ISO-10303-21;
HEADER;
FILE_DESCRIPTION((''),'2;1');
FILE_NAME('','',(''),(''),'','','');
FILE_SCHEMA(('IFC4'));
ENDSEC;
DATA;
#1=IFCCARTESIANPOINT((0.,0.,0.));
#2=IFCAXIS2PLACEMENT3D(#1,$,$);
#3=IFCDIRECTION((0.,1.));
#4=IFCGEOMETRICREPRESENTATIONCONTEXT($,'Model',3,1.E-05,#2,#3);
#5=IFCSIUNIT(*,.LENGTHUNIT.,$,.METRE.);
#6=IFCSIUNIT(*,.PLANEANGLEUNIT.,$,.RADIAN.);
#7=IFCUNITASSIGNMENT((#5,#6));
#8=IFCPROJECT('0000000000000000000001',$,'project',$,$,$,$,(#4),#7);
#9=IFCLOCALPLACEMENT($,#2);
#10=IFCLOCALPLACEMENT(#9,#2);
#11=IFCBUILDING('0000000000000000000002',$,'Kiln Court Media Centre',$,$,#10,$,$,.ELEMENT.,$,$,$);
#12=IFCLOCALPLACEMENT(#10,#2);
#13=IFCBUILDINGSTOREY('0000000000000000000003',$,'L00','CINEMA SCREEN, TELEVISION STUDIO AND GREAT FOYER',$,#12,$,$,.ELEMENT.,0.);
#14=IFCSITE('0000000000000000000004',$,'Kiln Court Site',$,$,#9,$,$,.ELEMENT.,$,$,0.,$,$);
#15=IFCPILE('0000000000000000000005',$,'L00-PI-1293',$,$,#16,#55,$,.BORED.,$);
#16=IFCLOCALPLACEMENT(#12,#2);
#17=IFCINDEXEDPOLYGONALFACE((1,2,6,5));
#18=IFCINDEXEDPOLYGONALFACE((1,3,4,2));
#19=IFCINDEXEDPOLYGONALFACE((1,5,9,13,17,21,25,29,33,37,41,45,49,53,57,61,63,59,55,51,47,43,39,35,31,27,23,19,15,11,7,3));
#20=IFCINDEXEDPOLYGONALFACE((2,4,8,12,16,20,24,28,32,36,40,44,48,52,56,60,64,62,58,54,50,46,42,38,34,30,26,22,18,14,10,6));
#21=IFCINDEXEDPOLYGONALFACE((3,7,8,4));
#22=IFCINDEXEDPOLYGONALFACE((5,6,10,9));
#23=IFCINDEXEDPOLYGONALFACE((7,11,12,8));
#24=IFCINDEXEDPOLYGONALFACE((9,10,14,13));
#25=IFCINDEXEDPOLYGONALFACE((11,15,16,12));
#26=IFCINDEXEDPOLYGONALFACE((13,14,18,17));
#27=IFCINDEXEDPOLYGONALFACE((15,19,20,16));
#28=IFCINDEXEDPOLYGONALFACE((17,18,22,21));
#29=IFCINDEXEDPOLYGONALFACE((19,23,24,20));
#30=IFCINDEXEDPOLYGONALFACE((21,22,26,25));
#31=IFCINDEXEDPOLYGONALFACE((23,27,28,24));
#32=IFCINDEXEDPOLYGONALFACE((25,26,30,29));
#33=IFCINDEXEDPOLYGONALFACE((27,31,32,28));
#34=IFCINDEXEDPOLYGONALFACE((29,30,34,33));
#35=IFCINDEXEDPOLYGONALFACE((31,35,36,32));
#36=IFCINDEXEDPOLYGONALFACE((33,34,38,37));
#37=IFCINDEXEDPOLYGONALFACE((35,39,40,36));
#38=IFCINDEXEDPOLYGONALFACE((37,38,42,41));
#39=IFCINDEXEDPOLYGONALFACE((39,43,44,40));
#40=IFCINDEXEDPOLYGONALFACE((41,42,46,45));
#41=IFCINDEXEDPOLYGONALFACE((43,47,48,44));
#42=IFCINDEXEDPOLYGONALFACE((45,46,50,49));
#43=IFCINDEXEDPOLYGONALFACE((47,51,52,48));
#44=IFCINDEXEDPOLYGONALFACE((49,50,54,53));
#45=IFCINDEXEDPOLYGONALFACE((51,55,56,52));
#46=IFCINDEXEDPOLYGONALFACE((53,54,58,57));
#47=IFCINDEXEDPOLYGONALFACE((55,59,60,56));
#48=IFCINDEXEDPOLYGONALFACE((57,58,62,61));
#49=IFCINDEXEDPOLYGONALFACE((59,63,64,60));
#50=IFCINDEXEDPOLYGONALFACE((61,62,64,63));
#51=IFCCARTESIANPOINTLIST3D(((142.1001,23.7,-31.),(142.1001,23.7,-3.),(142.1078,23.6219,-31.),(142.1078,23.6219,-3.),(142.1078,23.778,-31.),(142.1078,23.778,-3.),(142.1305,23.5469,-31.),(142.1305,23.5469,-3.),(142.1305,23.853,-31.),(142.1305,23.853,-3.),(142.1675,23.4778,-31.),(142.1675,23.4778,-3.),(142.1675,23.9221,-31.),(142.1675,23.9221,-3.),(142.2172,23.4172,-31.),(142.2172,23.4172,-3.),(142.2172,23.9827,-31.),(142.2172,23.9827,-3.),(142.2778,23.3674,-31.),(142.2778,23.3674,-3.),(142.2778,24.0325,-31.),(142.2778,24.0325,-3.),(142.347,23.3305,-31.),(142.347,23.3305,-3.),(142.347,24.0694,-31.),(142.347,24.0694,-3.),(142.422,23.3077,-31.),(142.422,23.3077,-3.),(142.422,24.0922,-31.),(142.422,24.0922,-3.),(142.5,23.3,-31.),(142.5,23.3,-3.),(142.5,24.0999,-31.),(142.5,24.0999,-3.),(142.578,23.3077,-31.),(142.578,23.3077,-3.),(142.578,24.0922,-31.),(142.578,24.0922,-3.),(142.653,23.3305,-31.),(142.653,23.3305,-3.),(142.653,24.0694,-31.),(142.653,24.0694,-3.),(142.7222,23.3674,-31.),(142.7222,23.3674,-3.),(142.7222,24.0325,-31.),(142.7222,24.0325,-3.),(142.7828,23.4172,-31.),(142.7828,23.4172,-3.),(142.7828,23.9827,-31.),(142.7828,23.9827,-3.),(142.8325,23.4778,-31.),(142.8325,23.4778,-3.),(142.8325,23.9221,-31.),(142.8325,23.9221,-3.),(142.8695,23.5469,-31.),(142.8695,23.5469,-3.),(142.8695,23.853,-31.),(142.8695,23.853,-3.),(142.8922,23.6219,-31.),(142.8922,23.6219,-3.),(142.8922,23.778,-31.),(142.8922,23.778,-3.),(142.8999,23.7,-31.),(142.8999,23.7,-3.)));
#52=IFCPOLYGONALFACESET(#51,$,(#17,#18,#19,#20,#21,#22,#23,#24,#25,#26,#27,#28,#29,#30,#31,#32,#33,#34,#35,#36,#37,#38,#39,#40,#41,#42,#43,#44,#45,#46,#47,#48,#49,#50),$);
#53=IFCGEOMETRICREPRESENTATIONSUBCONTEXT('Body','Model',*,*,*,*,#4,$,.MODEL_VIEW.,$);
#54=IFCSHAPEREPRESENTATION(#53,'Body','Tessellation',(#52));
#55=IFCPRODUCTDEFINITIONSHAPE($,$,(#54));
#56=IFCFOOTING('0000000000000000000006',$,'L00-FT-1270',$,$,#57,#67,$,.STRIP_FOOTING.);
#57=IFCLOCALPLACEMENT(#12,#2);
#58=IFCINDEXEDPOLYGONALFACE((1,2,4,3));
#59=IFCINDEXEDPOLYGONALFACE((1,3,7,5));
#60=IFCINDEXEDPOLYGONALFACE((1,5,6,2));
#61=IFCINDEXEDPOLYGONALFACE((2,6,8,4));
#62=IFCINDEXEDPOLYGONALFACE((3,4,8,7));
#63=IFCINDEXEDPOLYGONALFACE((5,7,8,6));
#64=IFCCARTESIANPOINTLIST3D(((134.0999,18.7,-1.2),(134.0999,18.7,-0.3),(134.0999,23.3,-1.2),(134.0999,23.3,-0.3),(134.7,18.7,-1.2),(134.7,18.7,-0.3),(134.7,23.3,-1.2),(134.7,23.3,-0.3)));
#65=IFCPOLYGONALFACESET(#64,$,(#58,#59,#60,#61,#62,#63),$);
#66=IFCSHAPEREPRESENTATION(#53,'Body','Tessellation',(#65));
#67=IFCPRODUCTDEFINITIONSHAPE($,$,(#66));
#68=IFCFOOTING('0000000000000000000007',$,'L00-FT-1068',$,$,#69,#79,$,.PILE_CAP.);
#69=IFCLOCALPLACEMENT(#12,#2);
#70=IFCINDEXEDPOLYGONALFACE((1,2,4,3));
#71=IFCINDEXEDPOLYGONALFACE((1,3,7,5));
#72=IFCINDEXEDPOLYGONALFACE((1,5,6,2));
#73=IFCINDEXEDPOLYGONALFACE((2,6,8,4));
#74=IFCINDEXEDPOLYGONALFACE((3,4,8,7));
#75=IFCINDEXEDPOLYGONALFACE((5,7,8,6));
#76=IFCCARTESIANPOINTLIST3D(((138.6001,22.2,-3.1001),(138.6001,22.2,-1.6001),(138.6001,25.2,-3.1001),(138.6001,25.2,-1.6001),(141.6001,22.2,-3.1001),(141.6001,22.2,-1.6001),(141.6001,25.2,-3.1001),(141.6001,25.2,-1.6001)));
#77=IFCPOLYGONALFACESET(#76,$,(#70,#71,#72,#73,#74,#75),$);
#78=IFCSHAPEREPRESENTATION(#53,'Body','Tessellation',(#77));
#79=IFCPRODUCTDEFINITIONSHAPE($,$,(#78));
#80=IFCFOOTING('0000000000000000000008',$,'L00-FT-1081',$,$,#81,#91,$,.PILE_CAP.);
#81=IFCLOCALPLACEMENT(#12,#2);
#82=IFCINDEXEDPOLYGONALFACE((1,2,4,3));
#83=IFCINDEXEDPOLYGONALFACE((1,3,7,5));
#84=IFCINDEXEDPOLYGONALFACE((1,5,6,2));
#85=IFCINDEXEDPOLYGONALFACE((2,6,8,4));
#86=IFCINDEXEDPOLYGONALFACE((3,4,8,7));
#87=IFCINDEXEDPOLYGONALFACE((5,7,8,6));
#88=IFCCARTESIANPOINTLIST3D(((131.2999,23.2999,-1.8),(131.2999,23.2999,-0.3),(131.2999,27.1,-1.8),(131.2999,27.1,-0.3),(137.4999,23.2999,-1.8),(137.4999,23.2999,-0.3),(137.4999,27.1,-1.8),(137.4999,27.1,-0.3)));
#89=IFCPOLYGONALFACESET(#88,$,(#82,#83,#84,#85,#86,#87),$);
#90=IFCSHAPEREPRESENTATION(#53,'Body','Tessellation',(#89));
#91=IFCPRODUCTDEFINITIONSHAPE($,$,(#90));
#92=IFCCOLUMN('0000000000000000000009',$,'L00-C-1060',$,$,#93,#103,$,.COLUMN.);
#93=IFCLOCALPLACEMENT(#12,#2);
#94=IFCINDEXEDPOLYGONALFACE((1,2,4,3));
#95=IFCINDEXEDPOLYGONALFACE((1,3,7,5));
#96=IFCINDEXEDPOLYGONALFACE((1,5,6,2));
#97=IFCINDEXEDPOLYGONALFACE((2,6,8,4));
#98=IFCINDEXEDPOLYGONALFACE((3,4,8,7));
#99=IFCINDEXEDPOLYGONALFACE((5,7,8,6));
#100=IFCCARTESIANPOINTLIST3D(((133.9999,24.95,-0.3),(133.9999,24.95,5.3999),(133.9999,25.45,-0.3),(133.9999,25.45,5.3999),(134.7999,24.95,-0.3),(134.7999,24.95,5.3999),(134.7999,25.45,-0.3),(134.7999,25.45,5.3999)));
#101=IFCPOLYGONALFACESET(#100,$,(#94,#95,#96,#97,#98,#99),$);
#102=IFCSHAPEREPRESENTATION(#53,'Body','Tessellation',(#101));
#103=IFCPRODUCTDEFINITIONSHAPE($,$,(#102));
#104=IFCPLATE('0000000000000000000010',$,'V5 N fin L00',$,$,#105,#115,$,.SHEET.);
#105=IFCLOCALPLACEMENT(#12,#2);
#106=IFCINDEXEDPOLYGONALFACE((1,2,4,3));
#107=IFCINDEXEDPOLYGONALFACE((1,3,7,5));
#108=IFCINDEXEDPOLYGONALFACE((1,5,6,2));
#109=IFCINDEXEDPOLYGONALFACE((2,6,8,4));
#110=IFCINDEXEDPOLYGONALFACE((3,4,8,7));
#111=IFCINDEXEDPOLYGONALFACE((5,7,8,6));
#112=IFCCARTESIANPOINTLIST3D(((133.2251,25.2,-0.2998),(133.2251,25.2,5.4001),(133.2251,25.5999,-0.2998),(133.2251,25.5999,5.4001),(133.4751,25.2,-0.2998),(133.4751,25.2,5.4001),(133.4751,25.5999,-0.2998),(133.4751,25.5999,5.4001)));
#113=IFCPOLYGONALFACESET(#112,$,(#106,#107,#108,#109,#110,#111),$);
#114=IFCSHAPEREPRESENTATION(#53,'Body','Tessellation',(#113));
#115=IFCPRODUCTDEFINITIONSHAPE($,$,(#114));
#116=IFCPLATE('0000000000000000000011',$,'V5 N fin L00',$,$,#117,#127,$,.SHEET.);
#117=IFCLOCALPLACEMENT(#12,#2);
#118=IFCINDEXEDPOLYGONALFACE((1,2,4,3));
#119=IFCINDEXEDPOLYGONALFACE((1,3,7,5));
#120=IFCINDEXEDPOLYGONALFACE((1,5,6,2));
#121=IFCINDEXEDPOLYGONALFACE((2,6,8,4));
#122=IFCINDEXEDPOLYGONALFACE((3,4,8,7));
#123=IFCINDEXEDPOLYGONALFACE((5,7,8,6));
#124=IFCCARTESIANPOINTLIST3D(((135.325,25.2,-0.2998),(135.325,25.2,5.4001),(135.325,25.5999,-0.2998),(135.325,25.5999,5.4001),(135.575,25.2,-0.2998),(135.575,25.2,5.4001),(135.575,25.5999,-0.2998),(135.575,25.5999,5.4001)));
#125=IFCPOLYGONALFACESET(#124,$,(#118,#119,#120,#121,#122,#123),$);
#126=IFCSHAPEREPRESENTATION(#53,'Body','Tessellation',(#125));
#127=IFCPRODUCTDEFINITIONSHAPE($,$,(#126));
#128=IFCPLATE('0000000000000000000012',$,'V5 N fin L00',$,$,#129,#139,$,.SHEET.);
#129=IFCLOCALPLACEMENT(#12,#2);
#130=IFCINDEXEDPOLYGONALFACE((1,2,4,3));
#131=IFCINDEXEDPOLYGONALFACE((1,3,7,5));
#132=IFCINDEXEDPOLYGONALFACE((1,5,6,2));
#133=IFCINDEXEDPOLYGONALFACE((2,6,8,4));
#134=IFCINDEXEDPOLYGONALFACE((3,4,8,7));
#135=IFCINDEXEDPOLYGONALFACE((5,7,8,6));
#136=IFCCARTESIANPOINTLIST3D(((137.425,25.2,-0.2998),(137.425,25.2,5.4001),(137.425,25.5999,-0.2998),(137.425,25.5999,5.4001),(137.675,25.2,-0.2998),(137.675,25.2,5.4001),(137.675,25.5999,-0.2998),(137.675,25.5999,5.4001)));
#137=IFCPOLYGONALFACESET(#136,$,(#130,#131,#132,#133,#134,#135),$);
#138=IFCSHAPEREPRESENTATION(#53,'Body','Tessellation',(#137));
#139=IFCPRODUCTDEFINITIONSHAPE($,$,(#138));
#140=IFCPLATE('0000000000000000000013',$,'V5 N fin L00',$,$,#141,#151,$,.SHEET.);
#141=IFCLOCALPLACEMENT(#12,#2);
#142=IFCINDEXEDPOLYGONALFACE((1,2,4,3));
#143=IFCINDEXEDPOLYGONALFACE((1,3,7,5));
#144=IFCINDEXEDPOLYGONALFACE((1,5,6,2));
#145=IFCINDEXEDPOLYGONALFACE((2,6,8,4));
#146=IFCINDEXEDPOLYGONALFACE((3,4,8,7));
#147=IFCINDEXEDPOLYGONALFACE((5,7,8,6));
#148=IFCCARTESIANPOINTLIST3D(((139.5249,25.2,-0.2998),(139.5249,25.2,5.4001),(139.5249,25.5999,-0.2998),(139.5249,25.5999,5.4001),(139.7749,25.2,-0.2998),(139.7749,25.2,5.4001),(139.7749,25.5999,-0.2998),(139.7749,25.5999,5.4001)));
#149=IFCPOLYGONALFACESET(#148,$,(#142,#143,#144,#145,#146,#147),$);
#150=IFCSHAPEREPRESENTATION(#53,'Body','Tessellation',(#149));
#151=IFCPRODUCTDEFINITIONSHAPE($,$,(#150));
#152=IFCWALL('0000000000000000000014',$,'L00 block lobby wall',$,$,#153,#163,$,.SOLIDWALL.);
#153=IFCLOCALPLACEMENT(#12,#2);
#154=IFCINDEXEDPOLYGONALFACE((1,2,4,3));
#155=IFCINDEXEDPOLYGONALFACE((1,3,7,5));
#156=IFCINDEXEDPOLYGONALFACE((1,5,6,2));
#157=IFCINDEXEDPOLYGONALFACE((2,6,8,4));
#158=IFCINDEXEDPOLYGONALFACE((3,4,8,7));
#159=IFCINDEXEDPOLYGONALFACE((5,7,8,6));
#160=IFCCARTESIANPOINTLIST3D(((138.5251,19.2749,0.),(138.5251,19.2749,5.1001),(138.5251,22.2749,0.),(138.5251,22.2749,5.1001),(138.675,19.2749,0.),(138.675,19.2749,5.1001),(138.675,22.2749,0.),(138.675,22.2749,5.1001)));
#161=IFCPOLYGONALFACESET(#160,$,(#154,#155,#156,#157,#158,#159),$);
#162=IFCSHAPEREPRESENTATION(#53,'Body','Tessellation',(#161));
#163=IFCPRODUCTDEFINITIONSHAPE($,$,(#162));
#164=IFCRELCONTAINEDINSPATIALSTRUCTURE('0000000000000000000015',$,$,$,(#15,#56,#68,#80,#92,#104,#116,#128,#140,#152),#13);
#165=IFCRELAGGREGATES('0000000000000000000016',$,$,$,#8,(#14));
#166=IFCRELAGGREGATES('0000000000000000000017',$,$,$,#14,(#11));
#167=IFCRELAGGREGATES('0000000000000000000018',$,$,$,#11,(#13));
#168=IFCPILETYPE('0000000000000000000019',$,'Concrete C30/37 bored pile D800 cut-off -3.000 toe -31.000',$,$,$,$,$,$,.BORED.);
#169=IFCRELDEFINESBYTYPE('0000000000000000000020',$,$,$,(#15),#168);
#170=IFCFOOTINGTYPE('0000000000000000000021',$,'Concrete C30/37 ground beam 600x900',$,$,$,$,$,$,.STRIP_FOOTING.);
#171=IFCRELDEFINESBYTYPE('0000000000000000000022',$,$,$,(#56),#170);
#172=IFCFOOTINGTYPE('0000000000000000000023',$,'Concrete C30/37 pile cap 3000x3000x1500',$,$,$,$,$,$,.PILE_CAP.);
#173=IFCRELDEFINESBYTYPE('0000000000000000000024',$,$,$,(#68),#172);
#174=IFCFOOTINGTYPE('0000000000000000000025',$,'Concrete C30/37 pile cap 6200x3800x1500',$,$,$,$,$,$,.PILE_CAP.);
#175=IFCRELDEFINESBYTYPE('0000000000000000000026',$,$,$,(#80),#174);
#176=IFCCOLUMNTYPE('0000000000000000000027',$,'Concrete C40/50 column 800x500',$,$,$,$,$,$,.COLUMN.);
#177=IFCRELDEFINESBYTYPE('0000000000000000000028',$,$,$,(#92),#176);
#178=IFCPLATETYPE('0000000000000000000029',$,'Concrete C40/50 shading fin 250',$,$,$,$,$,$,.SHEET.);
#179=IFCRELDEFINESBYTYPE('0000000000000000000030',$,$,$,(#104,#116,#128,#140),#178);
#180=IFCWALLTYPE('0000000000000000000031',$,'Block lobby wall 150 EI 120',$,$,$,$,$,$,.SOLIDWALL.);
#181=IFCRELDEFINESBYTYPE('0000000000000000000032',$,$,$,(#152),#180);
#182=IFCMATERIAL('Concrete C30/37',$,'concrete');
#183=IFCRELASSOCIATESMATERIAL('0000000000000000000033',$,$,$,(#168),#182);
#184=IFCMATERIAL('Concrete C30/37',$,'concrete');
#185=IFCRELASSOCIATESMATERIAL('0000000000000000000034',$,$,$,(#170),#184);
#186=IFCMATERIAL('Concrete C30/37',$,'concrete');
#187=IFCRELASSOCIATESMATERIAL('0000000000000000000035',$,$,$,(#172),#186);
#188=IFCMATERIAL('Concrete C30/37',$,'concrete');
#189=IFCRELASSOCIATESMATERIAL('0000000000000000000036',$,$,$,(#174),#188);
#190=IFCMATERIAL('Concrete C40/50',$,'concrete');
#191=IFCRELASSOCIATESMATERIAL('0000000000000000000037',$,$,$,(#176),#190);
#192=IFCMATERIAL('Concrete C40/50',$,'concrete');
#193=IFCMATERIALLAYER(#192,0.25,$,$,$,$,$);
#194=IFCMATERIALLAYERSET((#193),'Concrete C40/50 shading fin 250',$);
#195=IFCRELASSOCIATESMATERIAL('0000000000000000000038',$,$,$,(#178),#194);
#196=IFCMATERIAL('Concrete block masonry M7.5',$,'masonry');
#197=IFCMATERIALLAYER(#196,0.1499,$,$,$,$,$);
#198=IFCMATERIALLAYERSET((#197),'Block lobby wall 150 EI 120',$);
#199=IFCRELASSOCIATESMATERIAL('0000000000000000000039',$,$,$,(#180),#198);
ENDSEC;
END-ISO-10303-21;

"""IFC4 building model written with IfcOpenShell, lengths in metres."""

from ifc_helpers import new_model, si_unit, direction, frame, frame_2d, origin, origin_2d, place, context, subcontext, project, spatial, rectangle, circle, extrude, material, layer, layer_set, material_profile, profile_set, type_object, element, save


model = new_model("IFC4")

# Units and contexts
model_context = context("Model", 3, precision=1e-05, world=origin(), true_north=direction((0.0, 1.0)))
body_context = subcontext(model_context, "Body", "Model", "MODEL_VIEW")
ifc_project = project(units=[si_unit("LENGTHUNIT", "METRE"), si_unit("PLANEANGLEUNIT", "RADIAN")], contexts=[model_context])

# Site, building, storey
site_placement = place(None, origin())
site = spatial("IfcSite", under=ifc_project, at=site_placement, Name="Kiln Court Site", CompositionType="ELEMENT", RefElevation=0.0)
building_placement = place(site_placement, origin())
building = spatial("IfcBuilding", under=site, at=building_placement, Name="Kiln Court Media Centre", CompositionType="ELEMENT")
storey_placement = place(building_placement, origin())
storey = spatial("IfcBuildingStorey", under=building, at=storey_placement, Name="L00", Description="CINEMA SCREEN, TELEVISION STUDIO AND GREAT FOYER", CompositionType="ELEMENT", Elevation=0.0)

# Pile
ifc_material_1 = material(Name="Concrete C30/37", Category="concrete")
ifc_material_profile_1 = material_profile(ifc_material_1, circle(Radius=0.3999, at=origin_2d()), Name="PILE D800")
ifc_profile_set_1 = profile_set([ifc_material_profile_1], Name="Concrete C30/37")
pile_type_1 = type_object("IfcPileType", Name="Concrete C30/37 bored pile D800 cut-off -3.000 toe -31.000", PredefinedType="BORED", material=ifc_profile_set_1)
for number, where, z_axis, x_axis, name in (
    (1, (142.5, 23.7, -3.0), (0.0, 0.0, -1.0), (1.0, 0.0, 0.0), "L00-PI-1293"),
):
    element("IfcPile", number, at=place(storey_placement, frame(where, z_axis=z_axis, x_axis=x_axis)), inside=storey, type_object=pile_type_1, Name=name, PredefinedType="BORED", context=body_context, shape_type="SweptSolid", body=[
        extrude(circle(Radius=0.3999, at=origin_2d()), origin(), (0.0, 0.0, 1.0), 28.0),
    ])

# Footings
ifc_material_2 = material(Name="Concrete C30/37", Category="concrete")
footing_type_1 = type_object("IfcFootingType", Name="Concrete C30/37 ground beam 600x900", PredefinedType="STRIP_FOOTING", material=ifc_material_2)
footing_1_placement = place(storey_placement, frame((134.3999, 21.0, -1.2), z_axis=(0.0, 0.0, 1.0), x_axis=(1.0, 0.0, 0.0)))
element("IfcFooting", 2, at=footing_1_placement, inside=storey, type_object=footing_type_1, Name="L00-FT-1270", PredefinedType="STRIP_FOOTING", context=body_context, shape_type="SweptSolid", body=[
    extrude(rectangle(XDim=0.6001, YDim=4.6001, at=origin_2d()), origin(), (0.0, 0.0, 1.0), 0.8999),
])
ifc_material_3 = material(Name="Concrete C30/37", Category="concrete")
footing_type_2 = type_object("IfcFootingType", Name="Concrete C30/37 pile cap 3000x3000x1500", PredefinedType="PILE_CAP", material=ifc_material_3)
footing_2_placement = place(storey_placement, frame((140.1001, 23.7, -3.1001), z_axis=(0.0, 0.0, 1.0), x_axis=(1.0, 0.0, 0.0)))
element("IfcFooting", 3, at=footing_2_placement, inside=storey, type_object=footing_type_2, Name="L00-FT-1068", PredefinedType="PILE_CAP", context=body_context, shape_type="SweptSolid", body=[
    extrude(rectangle(XDim=3.0, YDim=3.0, at=origin_2d()), origin(), (0.0, 0.0, 1.0), 1.5),
])
ifc_material_4 = material(Name="Concrete C30/37", Category="concrete")
footing_type_3 = type_object("IfcFootingType", Name="Concrete C30/37 pile cap 6200x3800x1500", PredefinedType="PILE_CAP", material=ifc_material_4)
footing_3_placement = place(storey_placement, frame((134.3999, 25.2, -1.8), z_axis=(0.0, 0.0, 1.0), x_axis=(1.0, 0.0, 0.0)))
element("IfcFooting", 4, at=footing_3_placement, inside=storey, type_object=footing_type_3, Name="L00-FT-1081", PredefinedType="PILE_CAP", context=body_context, shape_type="SweptSolid", body=[
    extrude(rectangle(XDim=6.2, YDim=3.8, at=origin_2d()), origin(), (0.0, 0.0, 1.0), 1.5),
])

# Column
ifc_material_5 = material(Name="Concrete C40/50", Category="concrete")
ifc_material_profile_2 = material_profile(ifc_material_5, rectangle(XDim=0.8, YDim=0.5, at=origin_2d()), Name="RC 800x500")
ifc_profile_set_2 = profile_set([ifc_material_profile_2], Name="Concrete C40/50")
column_type = type_object("IfcColumnType", Name="Concrete C40/50 column 800x500", PredefinedType="COLUMN", material=ifc_profile_set_2)
column_placement = place(storey_placement, frame((134.3999, 25.2, -0.3), z_axis=(0.0, 0.0, 1.0), x_axis=(1.0, 0.0, 0.0)))
element("IfcColumn", 5, at=column_placement, inside=storey, type_object=column_type, Name="L00-C-1060", PredefinedType="COLUMN", context=body_context, shape_type="SweptSolid", body=[
    extrude(rectangle(XDim=0.8, YDim=0.5, at=origin_2d()), origin(), (0.0, 0.0, 1.0), 5.7),
])

# Plates
ifc_material_6 = material(Name="Concrete C40/50", Category="concrete")
ifc_layer_1 = layer(ifc_material_6, 0.25)
ifc_layer_set_1 = layer_set([ifc_layer_1], Name="Concrete C40/50 shading fin 250")
plate_type = type_object("IfcPlateType", Name="Concrete C40/50 shading fin 250", PredefinedType="SHEET", material=ifc_layer_set_1)
for number, where, z_axis, x_axis, name in (
    (6, (133.3501, 25.3999, -0.2998), (0.0, 0.0, 1.0), (1.0, 0.0, 0.0), "V5 N fin L00"),
    (7, (135.45, 25.3999, -0.2998), (0.0, 0.0, 1.0), (1.0, 0.0, 0.0), "V5 N fin L00"),
    (8, (137.55, 25.3999, -0.2998), (0.0, 0.0, 1.0), (1.0, 0.0, 0.0), "V5 N fin L00"),
    (9, (139.6499, 25.3999, -0.2998), (0.0, 0.0, 1.0), (1.0, 0.0, 0.0), "V5 N fin L00"),
):
    element("IfcPlate", number, at=place(storey_placement, frame(where, z_axis=z_axis, x_axis=x_axis)), inside=storey, type_object=plate_type, Name=name, PredefinedType="SHEET", context=body_context, shape_type="SweptSolid", body=[
        extrude(rectangle(XDim=0.25, YDim=0.3999, at=origin_2d()), origin(), (0.0, 0.0, 1.0), 5.7),
    ])

# Wall
ifc_material_7 = material(Name="Concrete block masonry M7.5", Category="masonry")
ifc_layer_2 = layer(ifc_material_7, 0.1499)
ifc_layer_set_2 = layer_set([ifc_layer_2], Name="Block lobby wall 150 EI 120")
wall_type_1 = type_object("IfcWallType", Name="Block lobby wall 150 EI 120", PredefinedType="SOLIDWALL", material=ifc_layer_set_2)
wall_1_placement = place(storey_placement, frame((138.6001, 19.2749, 0.0), z_axis=(0.0, 0.0, 1.0), x_axis=(0.0, 1.0, 0.0)))
element("IfcWall", 10, at=wall_1_placement, inside=storey, type_object=wall_type_1, Name="L00 block lobby wall", PredefinedType="SOLIDWALL", context=body_context, shape_type="SweptSolid", body=[
    extrude(rectangle(XDim=3.0, YDim=0.1499, at=frame_2d((1.5, 0.0))), origin(), (0.0, 0.0, 1.0), 5.1001),
])

save(model, "model.ifc")
